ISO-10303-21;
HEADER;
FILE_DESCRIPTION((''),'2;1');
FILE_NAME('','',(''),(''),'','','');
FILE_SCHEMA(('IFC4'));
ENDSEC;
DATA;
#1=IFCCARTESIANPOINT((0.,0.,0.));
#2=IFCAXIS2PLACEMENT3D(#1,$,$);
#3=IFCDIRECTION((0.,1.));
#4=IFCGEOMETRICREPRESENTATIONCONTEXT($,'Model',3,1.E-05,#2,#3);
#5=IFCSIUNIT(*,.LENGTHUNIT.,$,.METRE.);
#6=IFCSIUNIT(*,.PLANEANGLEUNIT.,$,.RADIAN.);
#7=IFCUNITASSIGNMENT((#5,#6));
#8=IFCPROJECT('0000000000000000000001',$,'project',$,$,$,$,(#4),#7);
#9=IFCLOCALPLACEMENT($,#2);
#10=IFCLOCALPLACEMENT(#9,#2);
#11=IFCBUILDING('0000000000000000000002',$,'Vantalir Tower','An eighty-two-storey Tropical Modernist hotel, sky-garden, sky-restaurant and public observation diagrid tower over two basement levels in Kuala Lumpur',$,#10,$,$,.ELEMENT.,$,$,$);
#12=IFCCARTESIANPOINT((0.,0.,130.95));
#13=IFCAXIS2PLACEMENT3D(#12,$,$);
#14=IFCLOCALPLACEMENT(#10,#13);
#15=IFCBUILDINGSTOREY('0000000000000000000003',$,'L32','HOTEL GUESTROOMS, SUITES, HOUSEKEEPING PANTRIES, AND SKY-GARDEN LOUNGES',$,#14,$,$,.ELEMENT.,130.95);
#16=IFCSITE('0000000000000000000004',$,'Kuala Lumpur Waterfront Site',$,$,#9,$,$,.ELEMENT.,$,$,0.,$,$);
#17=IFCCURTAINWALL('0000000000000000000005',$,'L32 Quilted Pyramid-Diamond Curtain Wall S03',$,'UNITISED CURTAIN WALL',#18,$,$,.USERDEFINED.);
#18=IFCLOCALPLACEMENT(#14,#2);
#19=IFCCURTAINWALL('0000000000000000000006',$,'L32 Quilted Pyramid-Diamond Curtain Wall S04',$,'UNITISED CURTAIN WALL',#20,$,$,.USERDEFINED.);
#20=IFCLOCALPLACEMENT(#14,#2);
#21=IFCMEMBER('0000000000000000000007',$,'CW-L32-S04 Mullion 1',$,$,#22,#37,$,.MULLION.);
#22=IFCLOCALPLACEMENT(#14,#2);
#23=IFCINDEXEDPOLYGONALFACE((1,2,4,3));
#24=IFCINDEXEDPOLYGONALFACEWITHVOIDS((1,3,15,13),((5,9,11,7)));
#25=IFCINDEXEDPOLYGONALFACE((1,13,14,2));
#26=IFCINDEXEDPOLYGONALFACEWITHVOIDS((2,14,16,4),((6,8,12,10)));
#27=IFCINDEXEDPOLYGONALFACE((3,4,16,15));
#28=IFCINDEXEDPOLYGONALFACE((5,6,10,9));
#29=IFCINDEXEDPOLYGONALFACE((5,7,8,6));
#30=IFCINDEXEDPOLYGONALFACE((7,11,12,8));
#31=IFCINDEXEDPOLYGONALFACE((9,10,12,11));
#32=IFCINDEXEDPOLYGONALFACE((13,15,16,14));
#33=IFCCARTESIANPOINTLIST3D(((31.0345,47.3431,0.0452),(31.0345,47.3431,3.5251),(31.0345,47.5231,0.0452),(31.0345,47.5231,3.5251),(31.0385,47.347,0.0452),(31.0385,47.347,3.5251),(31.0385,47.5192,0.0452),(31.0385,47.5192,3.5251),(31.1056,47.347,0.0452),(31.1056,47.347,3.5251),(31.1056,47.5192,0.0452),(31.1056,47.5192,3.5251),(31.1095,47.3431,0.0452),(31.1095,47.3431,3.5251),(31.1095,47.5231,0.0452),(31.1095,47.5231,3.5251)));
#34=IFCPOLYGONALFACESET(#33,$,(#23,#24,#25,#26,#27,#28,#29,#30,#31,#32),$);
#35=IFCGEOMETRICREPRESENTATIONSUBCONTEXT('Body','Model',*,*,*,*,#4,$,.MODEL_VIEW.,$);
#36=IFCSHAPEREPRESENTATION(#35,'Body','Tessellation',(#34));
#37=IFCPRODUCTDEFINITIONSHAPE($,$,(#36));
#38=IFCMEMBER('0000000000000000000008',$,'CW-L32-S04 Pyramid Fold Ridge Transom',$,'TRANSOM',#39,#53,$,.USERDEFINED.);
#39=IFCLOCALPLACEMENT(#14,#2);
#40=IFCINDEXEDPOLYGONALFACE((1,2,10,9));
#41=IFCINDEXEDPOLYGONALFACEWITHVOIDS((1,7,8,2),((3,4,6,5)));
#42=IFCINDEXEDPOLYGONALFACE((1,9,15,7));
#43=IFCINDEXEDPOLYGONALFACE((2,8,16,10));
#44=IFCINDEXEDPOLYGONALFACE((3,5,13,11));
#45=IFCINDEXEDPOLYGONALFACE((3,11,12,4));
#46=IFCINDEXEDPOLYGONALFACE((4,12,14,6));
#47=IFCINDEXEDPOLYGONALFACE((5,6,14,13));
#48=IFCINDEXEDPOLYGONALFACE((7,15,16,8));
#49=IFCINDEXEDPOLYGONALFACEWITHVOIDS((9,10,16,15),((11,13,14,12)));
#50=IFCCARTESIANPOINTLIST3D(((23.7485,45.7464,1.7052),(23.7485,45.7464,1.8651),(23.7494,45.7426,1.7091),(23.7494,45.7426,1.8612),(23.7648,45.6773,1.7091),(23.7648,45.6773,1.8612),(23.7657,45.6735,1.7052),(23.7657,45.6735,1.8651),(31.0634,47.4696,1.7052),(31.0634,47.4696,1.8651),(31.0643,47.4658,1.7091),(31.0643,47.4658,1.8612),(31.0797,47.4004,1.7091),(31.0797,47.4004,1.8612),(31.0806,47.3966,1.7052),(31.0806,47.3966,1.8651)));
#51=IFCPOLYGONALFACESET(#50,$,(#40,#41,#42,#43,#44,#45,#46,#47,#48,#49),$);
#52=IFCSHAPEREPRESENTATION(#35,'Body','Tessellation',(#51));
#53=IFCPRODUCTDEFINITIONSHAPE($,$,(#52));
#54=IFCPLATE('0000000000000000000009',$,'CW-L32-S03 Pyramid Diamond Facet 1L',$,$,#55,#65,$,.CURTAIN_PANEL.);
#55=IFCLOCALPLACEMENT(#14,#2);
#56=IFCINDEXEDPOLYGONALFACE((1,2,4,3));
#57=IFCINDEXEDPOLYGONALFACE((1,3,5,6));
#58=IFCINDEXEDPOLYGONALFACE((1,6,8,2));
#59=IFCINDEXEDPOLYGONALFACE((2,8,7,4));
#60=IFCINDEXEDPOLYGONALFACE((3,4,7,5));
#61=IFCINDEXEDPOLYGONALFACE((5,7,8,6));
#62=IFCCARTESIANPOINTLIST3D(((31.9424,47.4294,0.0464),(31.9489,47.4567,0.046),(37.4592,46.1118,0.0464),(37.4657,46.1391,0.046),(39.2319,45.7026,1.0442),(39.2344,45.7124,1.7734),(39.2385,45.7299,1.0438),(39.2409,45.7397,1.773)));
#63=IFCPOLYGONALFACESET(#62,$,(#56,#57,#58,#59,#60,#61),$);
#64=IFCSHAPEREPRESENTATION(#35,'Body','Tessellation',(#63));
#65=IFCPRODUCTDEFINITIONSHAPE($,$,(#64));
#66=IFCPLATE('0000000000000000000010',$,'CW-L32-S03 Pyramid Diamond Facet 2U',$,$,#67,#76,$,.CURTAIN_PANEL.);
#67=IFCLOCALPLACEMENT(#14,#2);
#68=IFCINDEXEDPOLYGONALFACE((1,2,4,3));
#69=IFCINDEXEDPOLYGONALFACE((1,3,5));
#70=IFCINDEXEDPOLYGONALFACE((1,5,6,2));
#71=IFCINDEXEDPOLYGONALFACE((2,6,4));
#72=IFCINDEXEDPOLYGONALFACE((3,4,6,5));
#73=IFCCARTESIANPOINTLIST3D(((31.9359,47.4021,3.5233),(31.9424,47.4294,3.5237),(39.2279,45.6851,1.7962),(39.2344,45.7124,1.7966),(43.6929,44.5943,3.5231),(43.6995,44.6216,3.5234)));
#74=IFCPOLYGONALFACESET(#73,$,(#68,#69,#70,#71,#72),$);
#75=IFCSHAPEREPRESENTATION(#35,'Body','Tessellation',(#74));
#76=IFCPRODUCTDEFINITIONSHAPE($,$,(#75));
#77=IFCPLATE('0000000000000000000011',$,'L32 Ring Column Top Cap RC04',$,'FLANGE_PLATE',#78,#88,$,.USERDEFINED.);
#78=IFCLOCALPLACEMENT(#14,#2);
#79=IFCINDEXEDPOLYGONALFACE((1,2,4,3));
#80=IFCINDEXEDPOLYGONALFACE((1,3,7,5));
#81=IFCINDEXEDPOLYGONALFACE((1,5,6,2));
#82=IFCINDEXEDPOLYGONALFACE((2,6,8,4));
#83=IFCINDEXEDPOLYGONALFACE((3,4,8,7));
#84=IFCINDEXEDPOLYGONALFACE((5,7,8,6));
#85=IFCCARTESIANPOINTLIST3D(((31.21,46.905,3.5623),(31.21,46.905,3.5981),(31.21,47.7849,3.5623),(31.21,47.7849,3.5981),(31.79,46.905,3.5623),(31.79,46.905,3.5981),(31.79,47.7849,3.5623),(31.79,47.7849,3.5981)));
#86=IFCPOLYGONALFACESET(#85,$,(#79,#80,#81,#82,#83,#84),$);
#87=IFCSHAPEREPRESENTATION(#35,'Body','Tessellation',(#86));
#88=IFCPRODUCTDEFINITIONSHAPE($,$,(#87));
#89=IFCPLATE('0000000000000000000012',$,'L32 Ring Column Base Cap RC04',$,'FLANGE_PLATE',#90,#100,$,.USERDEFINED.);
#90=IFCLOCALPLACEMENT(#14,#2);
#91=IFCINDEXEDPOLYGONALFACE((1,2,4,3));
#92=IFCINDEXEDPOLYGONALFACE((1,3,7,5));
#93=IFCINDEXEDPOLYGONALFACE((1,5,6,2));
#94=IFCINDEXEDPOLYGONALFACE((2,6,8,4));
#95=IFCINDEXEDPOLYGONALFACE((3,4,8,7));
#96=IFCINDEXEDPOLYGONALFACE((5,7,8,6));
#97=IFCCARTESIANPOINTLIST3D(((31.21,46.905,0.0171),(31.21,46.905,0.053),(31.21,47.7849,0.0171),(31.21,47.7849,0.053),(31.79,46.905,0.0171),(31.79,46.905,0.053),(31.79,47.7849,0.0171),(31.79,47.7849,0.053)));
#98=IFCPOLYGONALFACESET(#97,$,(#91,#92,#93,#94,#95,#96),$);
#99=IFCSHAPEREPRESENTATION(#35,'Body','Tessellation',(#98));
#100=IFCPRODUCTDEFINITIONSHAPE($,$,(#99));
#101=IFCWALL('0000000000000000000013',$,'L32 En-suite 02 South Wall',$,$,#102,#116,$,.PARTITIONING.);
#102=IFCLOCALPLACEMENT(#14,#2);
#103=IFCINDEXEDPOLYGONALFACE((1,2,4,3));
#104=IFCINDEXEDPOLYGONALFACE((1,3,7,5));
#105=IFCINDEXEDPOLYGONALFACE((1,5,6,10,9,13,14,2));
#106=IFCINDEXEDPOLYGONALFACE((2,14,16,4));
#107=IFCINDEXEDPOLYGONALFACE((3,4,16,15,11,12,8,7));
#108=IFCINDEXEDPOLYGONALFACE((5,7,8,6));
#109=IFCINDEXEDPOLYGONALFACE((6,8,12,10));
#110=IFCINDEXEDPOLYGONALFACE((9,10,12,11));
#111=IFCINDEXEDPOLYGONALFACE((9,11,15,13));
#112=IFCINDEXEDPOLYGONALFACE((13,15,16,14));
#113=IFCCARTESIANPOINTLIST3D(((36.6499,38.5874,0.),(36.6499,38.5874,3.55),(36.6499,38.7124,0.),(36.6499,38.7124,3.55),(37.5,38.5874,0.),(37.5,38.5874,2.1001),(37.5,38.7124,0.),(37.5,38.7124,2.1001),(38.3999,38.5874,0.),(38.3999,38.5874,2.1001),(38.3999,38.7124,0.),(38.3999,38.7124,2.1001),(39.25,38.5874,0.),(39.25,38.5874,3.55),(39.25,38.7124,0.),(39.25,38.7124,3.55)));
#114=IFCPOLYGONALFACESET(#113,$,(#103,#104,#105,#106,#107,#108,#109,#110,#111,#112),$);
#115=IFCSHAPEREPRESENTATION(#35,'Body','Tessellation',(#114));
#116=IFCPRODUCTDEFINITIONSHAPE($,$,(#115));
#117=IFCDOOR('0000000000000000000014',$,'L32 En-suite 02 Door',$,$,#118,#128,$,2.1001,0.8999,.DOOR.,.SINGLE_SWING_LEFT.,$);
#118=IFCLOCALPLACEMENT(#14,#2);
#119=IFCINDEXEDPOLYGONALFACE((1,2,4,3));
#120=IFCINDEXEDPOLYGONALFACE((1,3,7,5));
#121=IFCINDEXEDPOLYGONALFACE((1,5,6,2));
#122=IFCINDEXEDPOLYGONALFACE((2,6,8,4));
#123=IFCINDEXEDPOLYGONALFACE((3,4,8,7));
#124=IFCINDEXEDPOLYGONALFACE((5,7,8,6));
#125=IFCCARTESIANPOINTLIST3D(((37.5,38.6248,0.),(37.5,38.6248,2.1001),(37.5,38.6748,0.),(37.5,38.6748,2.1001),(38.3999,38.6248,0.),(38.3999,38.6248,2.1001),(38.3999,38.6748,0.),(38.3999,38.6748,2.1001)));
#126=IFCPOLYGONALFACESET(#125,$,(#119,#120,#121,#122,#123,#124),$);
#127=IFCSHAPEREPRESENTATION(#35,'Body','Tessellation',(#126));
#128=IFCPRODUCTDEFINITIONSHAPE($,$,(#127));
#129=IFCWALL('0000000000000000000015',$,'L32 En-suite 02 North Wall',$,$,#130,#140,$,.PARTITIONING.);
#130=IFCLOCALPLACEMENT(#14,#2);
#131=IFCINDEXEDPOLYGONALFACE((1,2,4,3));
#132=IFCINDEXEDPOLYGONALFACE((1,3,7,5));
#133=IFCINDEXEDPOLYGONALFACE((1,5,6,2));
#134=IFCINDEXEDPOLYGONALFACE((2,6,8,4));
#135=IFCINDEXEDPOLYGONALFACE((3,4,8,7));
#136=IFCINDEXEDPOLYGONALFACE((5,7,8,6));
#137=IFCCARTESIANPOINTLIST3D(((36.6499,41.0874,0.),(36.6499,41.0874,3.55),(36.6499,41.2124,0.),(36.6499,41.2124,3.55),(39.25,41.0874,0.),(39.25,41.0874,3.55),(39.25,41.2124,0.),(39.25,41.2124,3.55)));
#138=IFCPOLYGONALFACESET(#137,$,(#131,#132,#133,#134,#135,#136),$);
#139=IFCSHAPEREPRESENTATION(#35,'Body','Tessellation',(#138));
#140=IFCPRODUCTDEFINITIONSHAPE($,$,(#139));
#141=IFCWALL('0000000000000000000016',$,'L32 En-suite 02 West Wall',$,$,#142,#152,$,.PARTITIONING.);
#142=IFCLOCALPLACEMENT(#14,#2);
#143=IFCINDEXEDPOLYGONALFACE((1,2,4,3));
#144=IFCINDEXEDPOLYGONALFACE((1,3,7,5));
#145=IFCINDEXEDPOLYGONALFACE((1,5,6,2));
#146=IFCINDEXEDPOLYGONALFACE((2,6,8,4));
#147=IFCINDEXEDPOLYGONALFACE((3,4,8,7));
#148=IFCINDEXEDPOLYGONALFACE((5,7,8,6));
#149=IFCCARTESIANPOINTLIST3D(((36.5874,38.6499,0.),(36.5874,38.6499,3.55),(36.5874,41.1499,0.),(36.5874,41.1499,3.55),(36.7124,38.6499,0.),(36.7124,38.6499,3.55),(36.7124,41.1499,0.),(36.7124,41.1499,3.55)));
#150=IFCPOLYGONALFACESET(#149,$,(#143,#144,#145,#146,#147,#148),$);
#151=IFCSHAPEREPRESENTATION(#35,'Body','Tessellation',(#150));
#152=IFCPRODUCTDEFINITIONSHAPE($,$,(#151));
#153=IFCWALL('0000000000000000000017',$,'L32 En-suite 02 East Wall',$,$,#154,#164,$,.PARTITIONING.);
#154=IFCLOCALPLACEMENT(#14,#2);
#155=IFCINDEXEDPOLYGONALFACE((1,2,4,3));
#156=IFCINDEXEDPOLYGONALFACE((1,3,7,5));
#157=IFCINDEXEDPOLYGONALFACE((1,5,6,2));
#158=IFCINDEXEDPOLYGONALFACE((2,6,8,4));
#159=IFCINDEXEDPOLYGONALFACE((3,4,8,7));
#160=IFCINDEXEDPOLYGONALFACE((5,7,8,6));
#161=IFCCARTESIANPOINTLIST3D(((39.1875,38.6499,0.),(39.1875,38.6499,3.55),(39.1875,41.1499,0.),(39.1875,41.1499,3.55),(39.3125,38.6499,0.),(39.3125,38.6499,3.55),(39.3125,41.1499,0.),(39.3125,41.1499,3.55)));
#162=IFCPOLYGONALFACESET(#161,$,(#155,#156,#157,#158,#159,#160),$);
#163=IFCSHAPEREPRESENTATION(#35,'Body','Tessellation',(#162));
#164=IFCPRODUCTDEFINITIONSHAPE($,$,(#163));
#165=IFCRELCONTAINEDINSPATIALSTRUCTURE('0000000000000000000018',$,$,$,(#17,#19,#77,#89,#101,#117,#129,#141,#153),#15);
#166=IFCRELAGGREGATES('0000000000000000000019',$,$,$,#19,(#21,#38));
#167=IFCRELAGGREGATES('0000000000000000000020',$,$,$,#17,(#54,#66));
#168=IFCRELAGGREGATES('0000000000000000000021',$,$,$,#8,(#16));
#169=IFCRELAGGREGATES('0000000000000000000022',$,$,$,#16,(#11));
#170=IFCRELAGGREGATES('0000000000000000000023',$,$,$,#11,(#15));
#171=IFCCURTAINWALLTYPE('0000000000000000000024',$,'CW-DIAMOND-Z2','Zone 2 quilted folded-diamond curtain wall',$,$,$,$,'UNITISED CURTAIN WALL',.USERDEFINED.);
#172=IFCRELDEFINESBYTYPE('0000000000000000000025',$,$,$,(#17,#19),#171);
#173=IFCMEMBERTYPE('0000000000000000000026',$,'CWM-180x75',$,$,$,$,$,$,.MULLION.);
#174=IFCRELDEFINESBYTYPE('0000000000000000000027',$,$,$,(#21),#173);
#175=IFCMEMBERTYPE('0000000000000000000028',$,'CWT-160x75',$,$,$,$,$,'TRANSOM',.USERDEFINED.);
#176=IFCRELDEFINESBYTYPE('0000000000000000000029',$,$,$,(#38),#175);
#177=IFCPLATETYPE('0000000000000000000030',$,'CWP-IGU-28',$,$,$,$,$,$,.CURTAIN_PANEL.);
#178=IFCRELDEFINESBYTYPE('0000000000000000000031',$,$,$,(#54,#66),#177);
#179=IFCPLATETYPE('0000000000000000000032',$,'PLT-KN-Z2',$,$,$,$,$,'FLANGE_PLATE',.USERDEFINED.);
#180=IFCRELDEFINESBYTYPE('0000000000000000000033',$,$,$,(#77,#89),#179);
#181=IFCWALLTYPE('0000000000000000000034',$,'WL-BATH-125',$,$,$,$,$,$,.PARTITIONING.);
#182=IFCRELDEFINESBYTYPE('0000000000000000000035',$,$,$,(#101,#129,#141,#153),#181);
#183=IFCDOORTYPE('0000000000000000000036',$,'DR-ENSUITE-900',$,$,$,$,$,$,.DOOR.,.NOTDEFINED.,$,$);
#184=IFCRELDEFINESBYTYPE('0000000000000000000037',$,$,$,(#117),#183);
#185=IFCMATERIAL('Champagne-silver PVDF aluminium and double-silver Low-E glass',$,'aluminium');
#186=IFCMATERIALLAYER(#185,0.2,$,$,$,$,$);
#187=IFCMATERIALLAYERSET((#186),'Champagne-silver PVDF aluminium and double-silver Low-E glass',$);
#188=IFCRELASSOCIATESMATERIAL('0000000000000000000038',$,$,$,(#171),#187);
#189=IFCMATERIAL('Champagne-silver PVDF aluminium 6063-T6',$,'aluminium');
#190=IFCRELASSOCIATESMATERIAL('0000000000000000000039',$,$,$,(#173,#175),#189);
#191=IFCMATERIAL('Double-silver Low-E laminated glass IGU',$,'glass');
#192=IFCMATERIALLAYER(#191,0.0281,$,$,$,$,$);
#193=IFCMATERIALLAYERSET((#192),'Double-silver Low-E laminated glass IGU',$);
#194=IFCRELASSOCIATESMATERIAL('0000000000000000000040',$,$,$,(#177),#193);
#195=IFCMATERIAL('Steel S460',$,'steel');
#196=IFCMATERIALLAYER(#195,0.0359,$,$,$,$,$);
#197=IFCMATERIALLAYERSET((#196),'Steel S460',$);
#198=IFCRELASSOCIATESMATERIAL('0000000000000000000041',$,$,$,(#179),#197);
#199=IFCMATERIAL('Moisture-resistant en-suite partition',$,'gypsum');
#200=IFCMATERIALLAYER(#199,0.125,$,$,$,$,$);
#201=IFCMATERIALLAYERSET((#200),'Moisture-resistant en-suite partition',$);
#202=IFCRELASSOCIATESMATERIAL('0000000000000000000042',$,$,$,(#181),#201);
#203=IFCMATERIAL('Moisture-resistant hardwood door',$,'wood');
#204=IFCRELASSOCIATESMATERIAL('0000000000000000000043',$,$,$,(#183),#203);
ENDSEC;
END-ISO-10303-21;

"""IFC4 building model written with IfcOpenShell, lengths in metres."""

from ifc_helpers import new_model, si_unit, direction, frame, frame_2d, origin, origin_2d, place, context, subcontext, project, spatial, polyline, rectangle, hollow_rectangle, outline, extrude, material, layer, layer_set, material_profile, profile_set, type_object, element, fill, aggregate, save


model = new_model("IFC4")

# Units and contexts
model_context = context("Model", 3, precision=1e-05, world=origin(), true_north=direction((0.0, 1.0)))
body_context = subcontext(model_context, "Body", "Model", "MODEL_VIEW")
ifc_project = project(units=[si_unit("LENGTHUNIT", "METRE"), si_unit("PLANEANGLEUNIT", "RADIAN")], contexts=[model_context])

# Site, building, storey
site_placement = place(None, origin())
site = spatial("IfcSite", under=ifc_project, at=site_placement, Name="Kuala Lumpur Waterfront Site", CompositionType="ELEMENT", RefElevation=0.0)
building_placement = place(site_placement, origin())
building = spatial("IfcBuilding", under=site, at=building_placement, Name="Vantalir Tower", Description="An eighty-two-storey Tropical Modernist hotel, sky-garden, sky-restaurant and public observation diagrid tower over two basement levels in Kuala Lumpur", CompositionType="ELEMENT")
storey_placement = place(building_placement, frame((0.0, 0.0, 130.95)))
storey = spatial("IfcBuildingStorey", under=building, at=storey_placement, Name="L32", Description="HOTEL GUESTROOMS, SUITES, HOUSEKEEPING PANTRIES, AND SKY-GARDEN LOUNGES", CompositionType="ELEMENT", Elevation=130.95)

# Shared definitions
ifc_material_1 = material(Name="Steel S460", Category="steel")

# Curtain wall
ifc_material_2 = material(Name="Champagne-silver PVDF aluminium and double-silver Low-E glass", Category="aluminium")
ifc_layer_1 = layer(ifc_material_2, 0.2)
ifc_layer_set_1 = layer_set([ifc_layer_1], Name="Champagne-silver PVDF aluminium and double-silver Low-E glass")
curtain_wall_type = type_object("IfcCurtainWallType", Name="CW-DIAMOND-Z2", Description="Zone 2 quilted folded-diamond curtain wall", ElementType="UNITISED CURTAIN WALL", PredefinedType="USERDEFINED", material=ifc_layer_set_1)
curtain_wall_1_placement = place(storey_placement, origin())
curtain_wall_1 = element("IfcCurtainWall", 1, at=curtain_wall_1_placement, inside=storey, type_object=curtain_wall_type, Name="L32 Quilted Pyramid-Diamond Curtain Wall S03", ObjectType="UNITISED CURTAIN WALL", PredefinedType="USERDEFINED")
ifc_material_3 = material(Name="Champagne-silver PVDF aluminium 6063-T6", Category="aluminium")
ifc_material_profile_1 = material_profile(ifc_material_3, hollow_rectangle(XDim=0.075, YDim=0.1799, WallThickness=0.0039, at=origin_2d()), Name="Champagne-silver PVDF aluminium 6063-T6")
ifc_profile_set_1 = profile_set([ifc_material_profile_1], Name="Champagne-silver PVDF aluminium 6063-T6")
member_type_1 = type_object("IfcMemberType", Name="CWM-180x75", PredefinedType="MULLION", material=ifc_profile_set_1)

# Curtain wall, members
curtain_wall_2_placement = place(storey_placement, origin())
curtain_wall_2 = element("IfcCurtainWall", 2, at=curtain_wall_2_placement, inside=storey, type_object=curtain_wall_type, Name="L32 Quilted Pyramid-Diamond Curtain Wall S04", ObjectType="UNITISED CURTAIN WALL", PredefinedType="USERDEFINED")
member_1_placement = place(storey_placement, frame((31.072, 47.4331, 0.0452), z_axis=(0.0, 0.0, 1.0), x_axis=(1.0, 0.0, 0.0)))
member_1 = element("IfcMember", 3, at=member_1_placement, type_object=member_type_1, Name="CW-L32-S04 Mullion 1", PredefinedType="MULLION", context=body_context, shape_type="SweptSolid", body=[
    extrude(hollow_rectangle(XDim=0.075, YDim=0.1799, WallThickness=0.0039, at=origin_2d()), origin(), (0.0, 0.0, 1.0), 3.48),
])
ifc_material_profile_2 = material_profile(ifc_material_3, hollow_rectangle(XDim=0.075, YDim=0.1599, WallThickness=0.0039, at=origin_2d()), Name="Champagne-silver PVDF aluminium 6063-T6")
ifc_profile_set_2 = profile_set([ifc_material_profile_2], Name="Champagne-silver PVDF aluminium 6063-T6")
member_type_2 = type_object("IfcMemberType", Name="CWT-160x75", ElementType="TRANSOM", PredefinedType="USERDEFINED", material=ifc_profile_set_2)
member_2_placement = place(storey_placement, frame((31.072, 47.4331, 1.7852), z_axis=(-0.973358, -0.229289, 0.0), x_axis=(0.229289, -0.973358, 0.0)))
member_2 = element("IfcMember", 4, at=member_2_placement, type_object=member_type_2, Name="CW-L32-S04 Pyramid Fold Ridge Transom", ObjectType="TRANSOM", PredefinedType="USERDEFINED", context=body_context, shape_type="SweptSolid", body=[
    extrude(hollow_rectangle(XDim=0.075, YDim=0.1599, WallThickness=0.0039, at=origin_2d()), origin(), (0.0, 0.0, 1.0), 7.5151),
])
aggregate(curtain_wall_2, [member_1, member_2])

# Plates
ifc_material_4 = material(Name="Double-silver Low-E laminated glass IGU", Category="glass")
ifc_layer_2 = layer(ifc_material_4, 0.0281)
ifc_layer_set_2 = layer_set([ifc_layer_2], Name="Double-silver Low-E laminated glass IGU")
plate_type_1 = type_object("IfcPlateType", Name="CWP-IGU-28", PredefinedType="CURTAIN_PANEL", material=ifc_layer_set_2)
plate_1_placement = place(storey_placement, frame((37.4592, 46.1118, 0.0464), z_axis=(-0.232278, -0.972551, 0.013825), x_axis=(-0.972644, 0.2323, 0.0)))
plate_1 = element("IfcPlate", 5, at=plate_1_placement, type_object=plate_type_1, Name="CW-L32-S03 Pyramid Diamond Facet 1L", PredefinedType="CURTAIN_PANEL", context=body_context, shape_type="SweptSolid", body=[
    extrude(outline(polyline([(0.0, 0.0), (5.672, 0.0), (-1.8194, -1.7272), (-1.8193, -0.9979), (0.0, 0.0)])), origin(), (0.0, 0.0, -1.0), 0.0281),
])
plate_2_placement = place(storey_placement, frame((31.9424, 47.4294, 3.5237), z_axis=(0.232269, 0.972554, 0.013772), x_axis=(0.972646, -0.23229, -0.00002)))
plate_2 = element("IfcPlate", 6, at=plate_2_placement, type_object=plate_type_1, Name="CW-L32-S03 Pyramid Diamond Facet 2U", PredefinedType="CURTAIN_PANEL", context=body_context, shape_type="SweptSolid", body=[
    extrude(outline(polyline([(0.0, 0.0), (12.0877, 0.0), (7.4914, 1.7271), (0.0, 0.0)])), origin(), (0.0, 0.0, -1.0), 0.0281),
])
aggregate(curtain_wall_1, [plate_1, plate_2])

# Plates
ifc_layer_3 = layer(ifc_material_1, 0.0359)
ifc_layer_set_3 = layer_set([ifc_layer_3], Name="Steel S460")
plate_type_2 = type_object("IfcPlateType", Name="PLT-KN-Z2", ElementType="FLANGE_PLATE", PredefinedType="USERDEFINED", material=ifc_layer_set_3)
for number, where, z_axis, x_axis, name in (
    (7, (31.21, 47.7849, 3.5981), (0.0, 0.0, 1.0), (0.0, -1.0, 0.0), "L32 Ring Column Top Cap RC04"),
    (8, (31.21, 47.7849, 0.053), (0.0, 0.0, 1.0), (0.0, -1.0, 0.0), "L32 Ring Column Base Cap RC04"),
):
    element("IfcPlate", number, at=place(storey_placement, frame(where, z_axis=z_axis, x_axis=x_axis)), inside=storey, type_object=plate_type_2, Name=name, ObjectType="FLANGE_PLATE", PredefinedType="USERDEFINED", context=body_context, shape_type="SweptSolid", body=[
        extrude(outline(polyline([(0.0, 0.0), (0.8799, 0.0), (0.8799, 0.5801), (0.0, 0.5801), (0.0, 0.0)])), origin(), (0.0, 0.0, -1.0), 0.0359),
    ])

# Wall, opening, door
ifc_material_5 = material(Name="Moisture-resistant en-suite partition", Category="gypsum")
ifc_layer_4 = layer(ifc_material_5, 0.125)
ifc_layer_set_4 = layer_set([ifc_layer_4], Name="Moisture-resistant en-suite partition")
wall_type_1 = type_object("IfcWallType", Name="WL-BATH-125", PredefinedType="PARTITIONING", material=ifc_layer_set_4)
wall_1_placement = place(storey_placement, frame((36.6499, 38.6499, 0.0), z_axis=(0.0, 0.0, 1.0), x_axis=(1.0, 0.0, 0.0)))
wall_1 = element("IfcWall", 9, at=wall_1_placement, inside=storey, type_object=wall_type_1, Name="L32 En-suite 02 South Wall", PredefinedType="PARTITIONING", context=body_context, shape_type="SweptSolid", body=[
    extrude(rectangle(XDim=2.6001, YDim=0.125, at=frame_2d((1.3, 0.0))), origin(), (0.0, 0.0, 1.0), 3.55),
])
opening_1_placement = place(wall_1_placement, frame((0.8501, 0.0, 0.0)))
opening_1 = element("IfcOpeningElement", 10, at=opening_1_placement, cuts=wall_1, PredefinedType="OPENING", context=body_context, shape_type="SweptSolid", body=[
    extrude(rectangle(XDim=0.8999, YDim=2.1001, at=frame_2d((0.45, 1.05))), frame((0.0, 0.0725, 0.0), z_axis=(0.0, -1.0, 0.0), x_axis=(1.0, 0.0, 0.0)), (0.0, 0.0, 1.0), 0.145),
])
ifc_material_6 = material(Name="Moisture-resistant hardwood door", Category="wood")
door_type_1 = type_object("IfcDoorType", Name="DR-ENSUITE-900", OperationType="NOTDEFINED", PredefinedType="DOOR", material=ifc_material_6)
door_1_placement = place(opening_1_placement, origin())
door_1 = element("IfcDoor", 11, at=door_1_placement, inside=storey, type_object=door_type_1, Name="L32 En-suite 02 Door", OperationType="SINGLE_SWING_LEFT", OverallHeight=2.1001, OverallWidth=0.8999, PredefinedType="DOOR", context=body_context, shape_type="SweptSolid", body=[
    extrude(rectangle(XDim=0.8999, YDim=2.1001, at=frame_2d((0.45, 1.05))), frame((0.0, 0.0249, 0.0), z_axis=(0.0, -1.0, 0.0), x_axis=(1.0, 0.0, 0.0)), (0.0, 0.0, 1.0), 0.05),
])
fill(opening_1, door_1)

# Walls
wall_2_placement = place(storey_placement, frame((36.6499, 41.1499, 0.0), z_axis=(0.0, 0.0, 1.0), x_axis=(1.0, 0.0, 0.0)))
element("IfcWall", 12, at=wall_2_placement, inside=storey, type_object=wall_type_1, Name="L32 En-suite 02 North Wall", PredefinedType="PARTITIONING", context=body_context, shape_type="SweptSolid", body=[
    extrude(rectangle(XDim=2.6001, YDim=0.125, at=frame_2d((1.3, 0.0))), origin(), (0.0, 0.0, 1.0), 3.55),
])
for number, where, z_axis, x_axis, name in (
    (13, (36.6499, 38.6499, 0.0), (0.0, 0.0, 1.0), (0.0, 1.0, 0.0), "L32 En-suite 02 West Wall"),
    (14, (39.25, 38.6499, 0.0), (0.0, 0.0, 1.0), (0.0, 1.0, 0.0), "L32 En-suite 02 East Wall"),
):
    element("IfcWall", number, at=place(storey_placement, frame(where, z_axis=z_axis, x_axis=x_axis)), inside=storey, type_object=wall_type_1, Name=name, PredefinedType="PARTITIONING", context=body_context, shape_type="SweptSolid", body=[
        extrude(rectangle(XDim=2.5, YDim=0.125, at=frame_2d((1.25, 0.0))), origin(), (0.0, 0.0, 1.0), 3.55),
    ])

save(model, "model.ifc")
